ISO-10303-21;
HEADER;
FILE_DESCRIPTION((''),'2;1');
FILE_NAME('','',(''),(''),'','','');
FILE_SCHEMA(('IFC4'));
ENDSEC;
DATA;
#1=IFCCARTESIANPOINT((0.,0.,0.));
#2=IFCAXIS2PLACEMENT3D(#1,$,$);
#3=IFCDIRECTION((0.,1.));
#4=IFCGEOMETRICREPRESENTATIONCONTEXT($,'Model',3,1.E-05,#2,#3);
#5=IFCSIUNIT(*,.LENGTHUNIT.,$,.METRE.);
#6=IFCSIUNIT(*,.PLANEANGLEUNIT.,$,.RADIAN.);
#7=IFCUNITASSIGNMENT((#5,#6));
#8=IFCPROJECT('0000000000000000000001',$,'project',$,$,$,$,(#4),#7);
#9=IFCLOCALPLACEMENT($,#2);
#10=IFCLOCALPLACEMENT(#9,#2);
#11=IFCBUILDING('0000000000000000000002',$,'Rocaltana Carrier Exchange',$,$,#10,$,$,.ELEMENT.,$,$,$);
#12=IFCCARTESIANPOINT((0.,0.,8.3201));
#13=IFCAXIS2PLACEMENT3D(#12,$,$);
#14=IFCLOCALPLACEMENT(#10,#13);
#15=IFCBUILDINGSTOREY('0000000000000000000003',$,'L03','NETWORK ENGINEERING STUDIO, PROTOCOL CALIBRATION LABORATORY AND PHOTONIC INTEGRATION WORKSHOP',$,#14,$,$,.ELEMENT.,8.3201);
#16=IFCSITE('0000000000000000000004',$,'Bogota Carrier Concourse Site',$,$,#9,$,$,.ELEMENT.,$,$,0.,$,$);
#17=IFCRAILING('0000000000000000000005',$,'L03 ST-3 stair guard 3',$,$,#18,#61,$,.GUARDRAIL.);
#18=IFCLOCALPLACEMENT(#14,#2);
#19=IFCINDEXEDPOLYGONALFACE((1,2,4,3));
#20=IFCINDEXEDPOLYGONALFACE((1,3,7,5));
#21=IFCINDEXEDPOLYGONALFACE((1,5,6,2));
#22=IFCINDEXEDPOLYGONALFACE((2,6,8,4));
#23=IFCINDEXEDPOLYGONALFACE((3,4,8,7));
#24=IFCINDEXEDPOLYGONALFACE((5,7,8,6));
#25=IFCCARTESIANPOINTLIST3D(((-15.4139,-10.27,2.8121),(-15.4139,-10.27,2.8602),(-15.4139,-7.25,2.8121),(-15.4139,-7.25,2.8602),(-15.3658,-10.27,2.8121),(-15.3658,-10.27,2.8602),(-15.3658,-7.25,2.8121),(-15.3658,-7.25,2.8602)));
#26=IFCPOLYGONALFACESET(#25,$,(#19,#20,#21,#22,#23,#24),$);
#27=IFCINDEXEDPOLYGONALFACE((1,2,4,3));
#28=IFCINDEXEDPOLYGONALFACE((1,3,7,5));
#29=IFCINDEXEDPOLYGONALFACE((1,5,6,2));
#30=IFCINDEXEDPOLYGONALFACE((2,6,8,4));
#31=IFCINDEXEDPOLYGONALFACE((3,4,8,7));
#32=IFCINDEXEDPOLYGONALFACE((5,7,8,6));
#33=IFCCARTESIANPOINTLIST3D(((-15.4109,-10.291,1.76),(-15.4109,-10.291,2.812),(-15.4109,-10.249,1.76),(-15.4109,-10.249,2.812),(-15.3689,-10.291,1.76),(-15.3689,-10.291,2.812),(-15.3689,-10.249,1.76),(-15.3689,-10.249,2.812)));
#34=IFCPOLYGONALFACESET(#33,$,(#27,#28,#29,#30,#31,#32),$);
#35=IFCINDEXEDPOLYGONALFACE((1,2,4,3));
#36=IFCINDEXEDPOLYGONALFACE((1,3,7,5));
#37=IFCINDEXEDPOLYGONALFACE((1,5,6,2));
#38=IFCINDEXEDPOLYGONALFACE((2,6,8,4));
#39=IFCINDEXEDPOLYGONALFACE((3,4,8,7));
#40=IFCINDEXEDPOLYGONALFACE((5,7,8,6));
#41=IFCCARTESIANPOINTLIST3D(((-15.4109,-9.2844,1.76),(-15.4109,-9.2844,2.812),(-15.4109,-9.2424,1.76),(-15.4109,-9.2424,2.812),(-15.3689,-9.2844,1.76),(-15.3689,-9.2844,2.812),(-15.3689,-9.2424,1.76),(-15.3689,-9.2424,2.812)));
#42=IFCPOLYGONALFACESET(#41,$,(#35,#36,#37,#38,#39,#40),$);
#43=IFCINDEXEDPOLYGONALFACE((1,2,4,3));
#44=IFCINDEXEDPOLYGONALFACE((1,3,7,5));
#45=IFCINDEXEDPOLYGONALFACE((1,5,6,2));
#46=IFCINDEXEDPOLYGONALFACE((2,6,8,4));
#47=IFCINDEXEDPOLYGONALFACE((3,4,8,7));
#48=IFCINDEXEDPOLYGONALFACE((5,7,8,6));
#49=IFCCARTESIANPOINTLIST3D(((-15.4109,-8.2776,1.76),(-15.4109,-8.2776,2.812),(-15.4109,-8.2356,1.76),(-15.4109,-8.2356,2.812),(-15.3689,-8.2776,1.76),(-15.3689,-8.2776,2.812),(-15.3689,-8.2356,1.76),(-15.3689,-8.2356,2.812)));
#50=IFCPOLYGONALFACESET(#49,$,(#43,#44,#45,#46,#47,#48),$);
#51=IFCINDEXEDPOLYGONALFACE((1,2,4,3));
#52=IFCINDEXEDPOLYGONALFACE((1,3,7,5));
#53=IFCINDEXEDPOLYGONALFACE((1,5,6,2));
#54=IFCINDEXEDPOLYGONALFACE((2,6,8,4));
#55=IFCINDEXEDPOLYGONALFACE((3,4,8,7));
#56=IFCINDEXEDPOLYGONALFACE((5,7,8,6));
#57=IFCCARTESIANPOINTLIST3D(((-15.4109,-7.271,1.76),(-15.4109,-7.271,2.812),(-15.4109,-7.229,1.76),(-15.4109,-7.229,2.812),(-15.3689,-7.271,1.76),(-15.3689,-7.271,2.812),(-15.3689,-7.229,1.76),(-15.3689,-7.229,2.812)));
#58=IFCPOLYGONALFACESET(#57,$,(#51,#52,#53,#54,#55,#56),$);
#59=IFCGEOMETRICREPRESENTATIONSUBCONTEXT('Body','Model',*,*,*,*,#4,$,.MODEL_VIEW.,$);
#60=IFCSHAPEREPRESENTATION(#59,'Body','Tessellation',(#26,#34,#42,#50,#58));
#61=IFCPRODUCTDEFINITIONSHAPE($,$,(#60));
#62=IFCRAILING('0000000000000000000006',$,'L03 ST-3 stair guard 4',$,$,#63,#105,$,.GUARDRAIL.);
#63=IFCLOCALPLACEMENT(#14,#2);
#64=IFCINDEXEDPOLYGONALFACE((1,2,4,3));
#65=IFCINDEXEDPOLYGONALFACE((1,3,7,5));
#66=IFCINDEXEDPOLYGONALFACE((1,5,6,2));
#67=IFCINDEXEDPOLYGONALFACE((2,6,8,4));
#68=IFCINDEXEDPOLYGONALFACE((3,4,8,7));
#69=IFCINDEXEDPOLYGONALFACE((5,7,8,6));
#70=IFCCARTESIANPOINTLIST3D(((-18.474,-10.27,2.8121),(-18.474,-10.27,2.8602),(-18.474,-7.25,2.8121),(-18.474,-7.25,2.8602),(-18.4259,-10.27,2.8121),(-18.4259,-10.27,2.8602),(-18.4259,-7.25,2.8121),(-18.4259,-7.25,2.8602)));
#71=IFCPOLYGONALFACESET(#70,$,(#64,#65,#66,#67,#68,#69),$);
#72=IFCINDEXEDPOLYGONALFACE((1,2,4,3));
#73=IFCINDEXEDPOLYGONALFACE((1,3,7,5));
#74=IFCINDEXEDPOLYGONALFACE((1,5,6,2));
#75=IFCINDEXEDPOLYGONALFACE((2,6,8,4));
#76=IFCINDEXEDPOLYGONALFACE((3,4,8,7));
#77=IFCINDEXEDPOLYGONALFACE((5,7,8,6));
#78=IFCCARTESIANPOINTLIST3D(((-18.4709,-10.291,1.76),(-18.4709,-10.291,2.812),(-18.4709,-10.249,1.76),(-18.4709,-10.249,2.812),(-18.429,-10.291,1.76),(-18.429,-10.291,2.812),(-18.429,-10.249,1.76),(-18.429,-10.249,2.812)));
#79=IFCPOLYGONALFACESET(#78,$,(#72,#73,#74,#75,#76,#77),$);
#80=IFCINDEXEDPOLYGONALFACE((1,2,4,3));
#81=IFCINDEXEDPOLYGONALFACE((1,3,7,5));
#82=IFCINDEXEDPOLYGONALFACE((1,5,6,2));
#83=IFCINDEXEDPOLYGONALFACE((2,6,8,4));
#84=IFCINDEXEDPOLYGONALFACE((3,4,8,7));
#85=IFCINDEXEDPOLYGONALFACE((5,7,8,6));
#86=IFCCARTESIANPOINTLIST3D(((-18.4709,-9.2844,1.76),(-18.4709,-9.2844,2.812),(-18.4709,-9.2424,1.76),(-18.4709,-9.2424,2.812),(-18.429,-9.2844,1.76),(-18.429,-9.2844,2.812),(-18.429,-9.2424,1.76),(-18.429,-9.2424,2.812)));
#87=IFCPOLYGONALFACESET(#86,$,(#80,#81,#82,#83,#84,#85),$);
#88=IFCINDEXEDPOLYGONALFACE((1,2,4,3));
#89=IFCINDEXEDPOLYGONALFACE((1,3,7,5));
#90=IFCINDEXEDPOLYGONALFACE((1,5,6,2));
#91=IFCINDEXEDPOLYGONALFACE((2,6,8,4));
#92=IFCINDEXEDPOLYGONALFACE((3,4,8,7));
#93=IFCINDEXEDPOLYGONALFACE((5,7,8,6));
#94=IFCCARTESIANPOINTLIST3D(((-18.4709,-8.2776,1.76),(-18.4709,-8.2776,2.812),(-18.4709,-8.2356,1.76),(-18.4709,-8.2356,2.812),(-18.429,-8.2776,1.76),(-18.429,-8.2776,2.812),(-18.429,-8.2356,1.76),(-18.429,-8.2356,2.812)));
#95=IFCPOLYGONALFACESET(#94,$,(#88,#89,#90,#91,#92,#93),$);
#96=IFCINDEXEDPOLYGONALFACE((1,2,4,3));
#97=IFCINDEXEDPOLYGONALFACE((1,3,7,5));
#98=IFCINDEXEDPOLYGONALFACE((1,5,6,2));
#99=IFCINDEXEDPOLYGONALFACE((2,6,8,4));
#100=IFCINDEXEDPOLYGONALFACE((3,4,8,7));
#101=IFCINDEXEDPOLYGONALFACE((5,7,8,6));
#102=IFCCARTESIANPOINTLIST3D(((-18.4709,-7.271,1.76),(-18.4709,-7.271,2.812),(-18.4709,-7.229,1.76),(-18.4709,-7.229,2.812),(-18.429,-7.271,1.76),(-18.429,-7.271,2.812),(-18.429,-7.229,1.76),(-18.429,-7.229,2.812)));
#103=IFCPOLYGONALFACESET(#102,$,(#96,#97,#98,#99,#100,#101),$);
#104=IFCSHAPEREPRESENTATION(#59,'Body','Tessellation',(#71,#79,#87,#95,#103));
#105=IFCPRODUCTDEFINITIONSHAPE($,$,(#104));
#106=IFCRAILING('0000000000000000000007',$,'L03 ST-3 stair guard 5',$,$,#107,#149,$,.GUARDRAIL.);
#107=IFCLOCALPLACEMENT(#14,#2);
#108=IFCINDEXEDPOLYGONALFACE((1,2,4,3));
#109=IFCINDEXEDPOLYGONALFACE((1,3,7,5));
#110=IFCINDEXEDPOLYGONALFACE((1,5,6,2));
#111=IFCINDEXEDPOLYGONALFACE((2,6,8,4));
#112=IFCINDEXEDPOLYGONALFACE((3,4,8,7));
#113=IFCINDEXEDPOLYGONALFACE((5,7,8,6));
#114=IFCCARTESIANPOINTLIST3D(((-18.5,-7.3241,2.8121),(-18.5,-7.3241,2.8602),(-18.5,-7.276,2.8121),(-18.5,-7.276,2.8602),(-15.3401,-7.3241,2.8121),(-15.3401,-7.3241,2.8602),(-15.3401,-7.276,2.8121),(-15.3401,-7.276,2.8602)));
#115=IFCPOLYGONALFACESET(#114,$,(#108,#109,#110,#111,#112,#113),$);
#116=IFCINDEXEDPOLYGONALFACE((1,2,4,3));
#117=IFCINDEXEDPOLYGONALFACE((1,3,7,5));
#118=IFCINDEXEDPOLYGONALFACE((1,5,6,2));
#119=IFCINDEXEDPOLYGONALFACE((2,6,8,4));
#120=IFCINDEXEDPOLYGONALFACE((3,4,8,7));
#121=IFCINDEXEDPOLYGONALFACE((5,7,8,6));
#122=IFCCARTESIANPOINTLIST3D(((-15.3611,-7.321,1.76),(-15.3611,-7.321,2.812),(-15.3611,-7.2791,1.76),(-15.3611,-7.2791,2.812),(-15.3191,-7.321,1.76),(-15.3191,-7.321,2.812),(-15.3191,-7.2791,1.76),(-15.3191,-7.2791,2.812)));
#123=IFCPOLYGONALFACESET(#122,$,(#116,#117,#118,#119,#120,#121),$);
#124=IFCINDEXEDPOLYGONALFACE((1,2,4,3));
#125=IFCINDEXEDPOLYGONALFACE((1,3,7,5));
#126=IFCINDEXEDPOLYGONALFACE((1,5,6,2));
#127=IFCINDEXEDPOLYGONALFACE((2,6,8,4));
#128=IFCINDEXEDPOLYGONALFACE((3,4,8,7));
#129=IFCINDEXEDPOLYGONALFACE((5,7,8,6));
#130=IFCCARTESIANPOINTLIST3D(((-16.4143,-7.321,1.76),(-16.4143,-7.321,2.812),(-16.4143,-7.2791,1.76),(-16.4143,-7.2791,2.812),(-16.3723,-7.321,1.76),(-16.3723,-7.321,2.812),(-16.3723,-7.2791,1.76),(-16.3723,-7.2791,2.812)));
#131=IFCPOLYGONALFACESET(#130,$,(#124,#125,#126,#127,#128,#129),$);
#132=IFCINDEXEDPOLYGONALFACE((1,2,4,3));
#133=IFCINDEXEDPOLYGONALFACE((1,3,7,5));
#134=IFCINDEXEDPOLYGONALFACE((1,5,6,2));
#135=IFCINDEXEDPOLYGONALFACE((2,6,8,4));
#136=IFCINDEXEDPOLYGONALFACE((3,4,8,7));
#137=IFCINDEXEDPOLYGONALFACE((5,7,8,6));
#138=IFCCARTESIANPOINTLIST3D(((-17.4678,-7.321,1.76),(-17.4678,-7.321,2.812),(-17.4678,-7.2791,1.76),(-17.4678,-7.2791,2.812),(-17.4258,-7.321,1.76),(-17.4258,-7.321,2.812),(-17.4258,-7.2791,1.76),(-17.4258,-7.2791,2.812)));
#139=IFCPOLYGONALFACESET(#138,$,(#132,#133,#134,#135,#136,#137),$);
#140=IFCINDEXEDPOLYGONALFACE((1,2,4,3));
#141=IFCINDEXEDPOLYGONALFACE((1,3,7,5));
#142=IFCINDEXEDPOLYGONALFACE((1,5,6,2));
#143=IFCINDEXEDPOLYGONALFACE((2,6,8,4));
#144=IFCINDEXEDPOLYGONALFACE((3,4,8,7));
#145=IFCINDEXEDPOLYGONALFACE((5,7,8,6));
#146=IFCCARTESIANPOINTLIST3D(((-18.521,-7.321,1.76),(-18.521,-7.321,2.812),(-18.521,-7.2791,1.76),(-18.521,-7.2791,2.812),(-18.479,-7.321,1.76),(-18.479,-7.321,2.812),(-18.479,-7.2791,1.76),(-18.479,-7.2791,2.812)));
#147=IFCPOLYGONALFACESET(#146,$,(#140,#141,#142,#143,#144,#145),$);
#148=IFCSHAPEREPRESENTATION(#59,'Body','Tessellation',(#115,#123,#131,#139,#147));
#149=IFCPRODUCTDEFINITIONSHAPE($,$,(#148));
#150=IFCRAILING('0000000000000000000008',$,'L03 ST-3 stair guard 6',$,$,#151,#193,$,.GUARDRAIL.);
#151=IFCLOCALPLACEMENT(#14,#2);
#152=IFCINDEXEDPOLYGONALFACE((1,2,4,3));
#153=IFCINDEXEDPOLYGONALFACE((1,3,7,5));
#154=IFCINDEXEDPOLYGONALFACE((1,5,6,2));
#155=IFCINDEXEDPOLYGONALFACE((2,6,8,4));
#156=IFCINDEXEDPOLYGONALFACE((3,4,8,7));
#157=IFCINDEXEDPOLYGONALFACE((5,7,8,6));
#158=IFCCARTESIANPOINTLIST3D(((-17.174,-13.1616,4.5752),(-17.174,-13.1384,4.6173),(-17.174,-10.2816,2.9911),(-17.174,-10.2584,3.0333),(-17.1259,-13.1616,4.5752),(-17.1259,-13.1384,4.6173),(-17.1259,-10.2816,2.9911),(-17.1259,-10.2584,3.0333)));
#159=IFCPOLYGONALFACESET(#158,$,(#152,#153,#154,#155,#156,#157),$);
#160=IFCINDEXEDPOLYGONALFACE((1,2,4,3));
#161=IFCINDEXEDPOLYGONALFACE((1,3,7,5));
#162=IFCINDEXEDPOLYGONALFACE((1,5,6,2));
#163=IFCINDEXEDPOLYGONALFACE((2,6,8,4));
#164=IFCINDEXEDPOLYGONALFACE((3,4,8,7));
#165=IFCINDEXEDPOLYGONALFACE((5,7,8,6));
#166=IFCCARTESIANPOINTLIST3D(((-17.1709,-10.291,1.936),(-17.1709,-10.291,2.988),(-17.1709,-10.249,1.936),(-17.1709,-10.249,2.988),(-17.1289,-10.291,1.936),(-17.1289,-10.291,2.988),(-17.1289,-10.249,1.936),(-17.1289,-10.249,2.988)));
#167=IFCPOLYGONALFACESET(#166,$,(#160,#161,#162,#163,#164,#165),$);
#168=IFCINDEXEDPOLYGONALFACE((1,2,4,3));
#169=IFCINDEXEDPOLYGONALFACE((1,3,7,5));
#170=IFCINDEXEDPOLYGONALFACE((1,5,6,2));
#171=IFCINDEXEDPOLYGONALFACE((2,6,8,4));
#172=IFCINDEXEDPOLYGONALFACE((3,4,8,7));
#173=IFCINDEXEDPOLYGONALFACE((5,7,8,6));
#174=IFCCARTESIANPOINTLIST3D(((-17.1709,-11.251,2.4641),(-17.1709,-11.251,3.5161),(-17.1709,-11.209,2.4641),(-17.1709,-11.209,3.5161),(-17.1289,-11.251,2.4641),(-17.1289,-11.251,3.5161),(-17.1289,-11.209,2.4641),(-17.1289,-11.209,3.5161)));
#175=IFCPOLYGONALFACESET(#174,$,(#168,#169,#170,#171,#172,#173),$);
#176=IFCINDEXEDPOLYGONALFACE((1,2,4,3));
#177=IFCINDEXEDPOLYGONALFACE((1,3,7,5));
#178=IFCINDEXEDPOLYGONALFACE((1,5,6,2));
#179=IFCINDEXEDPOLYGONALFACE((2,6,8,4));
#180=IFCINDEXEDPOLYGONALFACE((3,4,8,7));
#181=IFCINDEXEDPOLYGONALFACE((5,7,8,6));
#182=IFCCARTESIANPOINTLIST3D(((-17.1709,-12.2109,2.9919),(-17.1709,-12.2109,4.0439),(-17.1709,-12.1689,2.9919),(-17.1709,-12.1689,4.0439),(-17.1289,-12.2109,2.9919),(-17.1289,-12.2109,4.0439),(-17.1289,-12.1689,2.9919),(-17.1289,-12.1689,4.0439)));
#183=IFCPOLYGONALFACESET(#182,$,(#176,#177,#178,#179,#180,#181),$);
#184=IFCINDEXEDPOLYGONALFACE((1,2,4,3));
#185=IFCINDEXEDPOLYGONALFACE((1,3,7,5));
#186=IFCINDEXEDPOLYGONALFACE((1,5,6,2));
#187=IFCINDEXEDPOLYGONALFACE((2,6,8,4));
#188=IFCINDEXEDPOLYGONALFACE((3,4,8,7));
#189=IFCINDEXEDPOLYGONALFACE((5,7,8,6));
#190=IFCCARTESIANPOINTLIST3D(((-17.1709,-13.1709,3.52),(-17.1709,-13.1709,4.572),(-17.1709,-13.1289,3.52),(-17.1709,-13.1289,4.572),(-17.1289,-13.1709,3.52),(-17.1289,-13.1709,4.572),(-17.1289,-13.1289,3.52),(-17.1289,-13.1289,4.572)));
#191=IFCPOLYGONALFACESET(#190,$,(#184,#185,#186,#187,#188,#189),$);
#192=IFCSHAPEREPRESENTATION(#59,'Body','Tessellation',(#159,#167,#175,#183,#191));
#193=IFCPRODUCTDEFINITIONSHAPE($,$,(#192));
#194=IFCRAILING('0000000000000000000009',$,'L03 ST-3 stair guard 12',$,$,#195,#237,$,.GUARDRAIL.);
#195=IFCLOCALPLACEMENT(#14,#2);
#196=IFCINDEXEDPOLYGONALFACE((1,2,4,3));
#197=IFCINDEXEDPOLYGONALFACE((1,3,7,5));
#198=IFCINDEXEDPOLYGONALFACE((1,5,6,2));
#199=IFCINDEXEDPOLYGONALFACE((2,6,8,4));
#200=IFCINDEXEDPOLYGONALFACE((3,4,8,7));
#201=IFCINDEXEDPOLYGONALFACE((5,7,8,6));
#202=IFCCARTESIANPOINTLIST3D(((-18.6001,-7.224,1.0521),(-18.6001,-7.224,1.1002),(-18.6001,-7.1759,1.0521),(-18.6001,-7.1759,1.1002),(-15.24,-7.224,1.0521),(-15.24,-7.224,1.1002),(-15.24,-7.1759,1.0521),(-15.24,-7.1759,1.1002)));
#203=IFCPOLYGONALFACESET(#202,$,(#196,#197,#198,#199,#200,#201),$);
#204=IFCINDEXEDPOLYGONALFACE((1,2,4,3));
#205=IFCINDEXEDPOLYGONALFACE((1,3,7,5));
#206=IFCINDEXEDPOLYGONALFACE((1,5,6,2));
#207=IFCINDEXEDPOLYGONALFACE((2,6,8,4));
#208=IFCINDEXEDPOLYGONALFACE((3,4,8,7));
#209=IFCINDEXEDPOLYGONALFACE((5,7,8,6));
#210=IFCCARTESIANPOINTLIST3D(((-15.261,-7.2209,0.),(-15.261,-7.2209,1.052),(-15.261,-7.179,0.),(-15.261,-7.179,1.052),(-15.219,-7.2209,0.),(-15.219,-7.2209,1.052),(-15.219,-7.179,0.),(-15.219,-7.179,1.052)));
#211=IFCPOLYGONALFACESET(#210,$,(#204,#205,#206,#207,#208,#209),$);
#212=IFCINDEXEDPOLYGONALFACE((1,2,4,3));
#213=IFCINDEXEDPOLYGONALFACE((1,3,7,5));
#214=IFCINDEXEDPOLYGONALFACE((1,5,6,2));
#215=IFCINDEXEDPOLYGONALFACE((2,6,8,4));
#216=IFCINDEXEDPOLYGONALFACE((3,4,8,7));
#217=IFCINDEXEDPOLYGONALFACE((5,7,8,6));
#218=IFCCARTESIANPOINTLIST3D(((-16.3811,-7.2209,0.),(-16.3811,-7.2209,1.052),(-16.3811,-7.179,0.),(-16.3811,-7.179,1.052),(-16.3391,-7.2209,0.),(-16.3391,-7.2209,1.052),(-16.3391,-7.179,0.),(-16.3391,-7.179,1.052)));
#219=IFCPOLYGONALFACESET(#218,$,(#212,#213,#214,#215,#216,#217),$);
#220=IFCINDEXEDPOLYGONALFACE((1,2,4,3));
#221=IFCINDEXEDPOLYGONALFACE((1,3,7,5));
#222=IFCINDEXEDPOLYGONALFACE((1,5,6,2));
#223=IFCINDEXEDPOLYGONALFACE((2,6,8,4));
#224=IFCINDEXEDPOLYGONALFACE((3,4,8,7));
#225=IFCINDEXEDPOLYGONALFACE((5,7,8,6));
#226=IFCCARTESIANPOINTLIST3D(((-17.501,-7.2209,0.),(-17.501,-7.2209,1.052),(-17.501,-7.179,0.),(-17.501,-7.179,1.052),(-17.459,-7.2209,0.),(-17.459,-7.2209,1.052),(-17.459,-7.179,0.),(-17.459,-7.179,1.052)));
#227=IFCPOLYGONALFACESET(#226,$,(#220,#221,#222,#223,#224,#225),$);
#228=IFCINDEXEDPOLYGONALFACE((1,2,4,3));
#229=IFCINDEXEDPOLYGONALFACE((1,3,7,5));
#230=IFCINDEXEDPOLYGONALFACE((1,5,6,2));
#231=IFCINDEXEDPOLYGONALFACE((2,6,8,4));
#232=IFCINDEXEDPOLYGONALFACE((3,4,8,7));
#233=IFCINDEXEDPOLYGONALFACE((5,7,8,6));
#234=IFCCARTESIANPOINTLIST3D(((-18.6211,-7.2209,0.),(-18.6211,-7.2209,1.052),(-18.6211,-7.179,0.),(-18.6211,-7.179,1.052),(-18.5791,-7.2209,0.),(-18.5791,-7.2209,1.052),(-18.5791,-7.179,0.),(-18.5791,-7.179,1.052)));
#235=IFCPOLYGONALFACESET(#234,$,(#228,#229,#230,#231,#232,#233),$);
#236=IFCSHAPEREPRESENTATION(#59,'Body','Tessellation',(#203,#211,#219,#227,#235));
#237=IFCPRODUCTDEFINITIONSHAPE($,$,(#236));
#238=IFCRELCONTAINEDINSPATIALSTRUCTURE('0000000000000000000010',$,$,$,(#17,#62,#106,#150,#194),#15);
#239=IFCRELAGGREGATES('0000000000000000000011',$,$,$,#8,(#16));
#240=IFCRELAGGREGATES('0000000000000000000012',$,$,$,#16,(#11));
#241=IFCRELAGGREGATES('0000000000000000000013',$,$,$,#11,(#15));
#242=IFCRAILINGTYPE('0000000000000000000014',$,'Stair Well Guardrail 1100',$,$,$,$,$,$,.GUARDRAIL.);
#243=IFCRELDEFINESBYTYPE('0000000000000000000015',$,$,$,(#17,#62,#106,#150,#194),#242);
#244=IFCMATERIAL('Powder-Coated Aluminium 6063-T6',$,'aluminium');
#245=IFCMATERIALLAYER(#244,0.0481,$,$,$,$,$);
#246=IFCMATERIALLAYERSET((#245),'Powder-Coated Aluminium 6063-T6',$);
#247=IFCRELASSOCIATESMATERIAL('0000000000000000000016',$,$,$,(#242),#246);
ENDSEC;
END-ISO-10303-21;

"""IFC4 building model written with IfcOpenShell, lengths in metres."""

from ifc_helpers import new_model, si_unit, direction, frame, origin, origin_2d, place, context, subcontext, project, spatial, rectangle, extrude, material, layer, layer_set, type_object, element, save


model = new_model("IFC4")

# Units and contexts
model_context = context("Model", 3, precision=1e-05, world=origin(), true_north=direction((0.0, 1.0)))
body_context = subcontext(model_context, "Body", "Model", "MODEL_VIEW")
ifc_project = project(units=[si_unit("LENGTHUNIT", "METRE"), si_unit("PLANEANGLEUNIT", "RADIAN")], contexts=[model_context])

# Site, building, storey
site_placement = place(None, origin())
site = spatial("IfcSite", under=ifc_project, at=site_placement, Name="Bogota Carrier Concourse Site", CompositionType="ELEMENT", RefElevation=0.0)
building_placement = place(site_placement, origin())
building = spatial("IfcBuilding", under=site, at=building_placement, Name="Rocaltana Carrier Exchange", CompositionType="ELEMENT")
storey_placement = place(building_placement, frame((0.0, 0.0, 8.3201)))
storey = spatial("IfcBuildingStorey", under=building, at=storey_placement, Name="L03", Description="NETWORK ENGINEERING STUDIO, PROTOCOL CALIBRATION LABORATORY AND PHOTONIC INTEGRATION WORKSHOP", CompositionType="ELEMENT", Elevation=8.3201)

# Railings
ifc_material_1 = material(Name="Powder-Coated Aluminium 6063-T6", Category="aluminium")
ifc_layer_1 = layer(ifc_material_1, 0.0481)
ifc_layer_set_1 = layer_set([ifc_layer_1], Name="Powder-Coated Aluminium 6063-T6")
railing_type_1 = type_object("IfcRailingType", Name="Stair Well Guardrail 1100", PredefinedType="GUARDRAIL", material=ifc_layer_set_1)
for number, where, name in (
    (1, (-15.3899, -10.27, 1.76), "L03 ST-3 stair guard 3"),
    (2, (-18.45, -10.27, 1.76), "L03 ST-3 stair guard 4"),
):
    element("IfcRailing", number, at=place(storey_placement, frame(where)), inside=storey, type_object=railing_type_1, Name=name, PredefinedType="GUARDRAIL", context=body_context, shape_type="SweptSolid", body=[
        extrude(rectangle(XDim=0.0481, YDim=0.0481, at=origin_2d()), frame((0.0, 0.0, 1.0762), z_axis=(0.0, 1.0, 0.0), x_axis=(-1.0, 0.0, 0.0)), (0.0, 0.0, 1.0), 3.02),
        extrude(rectangle(XDim=0.042, YDim=0.042, at=origin_2d()), origin(), (0.0, 0.0, 1.0), 1.052),
        extrude(rectangle(XDim=0.042, YDim=0.042, at=origin_2d()), frame((0.0, 1.0066, 0.0)), (0.0, 0.0, 1.0), 1.052),
        extrude(rectangle(XDim=0.042, YDim=0.042, at=origin_2d()), frame((0.0, 2.0134, 0.0)), (0.0, 0.0, 1.0), 1.052),
        extrude(rectangle(XDim=0.042, YDim=0.042, at=origin_2d()), frame((0.0, 3.02, 0.0)), (0.0, 0.0, 1.0), 1.052),
    ])
railing_1_placement = place(storey_placement, frame((-15.3401, -7.3, 1.76)))
element("IfcRailing", 3, at=railing_1_placement, inside=storey, type_object=railing_type_1, Name="L03 ST-3 stair guard 5", PredefinedType="GUARDRAIL", context=body_context, shape_type="SweptSolid", body=[
    extrude(rectangle(XDim=0.0481, YDim=0.0481, at=origin_2d()), frame((0.0, 0.0, 1.0762), z_axis=(-1.0, 0.0, 0.0), x_axis=(0.0, -1.0, 0.0)), (0.0, 0.0, 1.0), 3.1599),
    extrude(rectangle(XDim=0.042, YDim=0.042, at=origin_2d()), origin(), (0.0, 0.0, 1.0), 1.052),
    extrude(rectangle(XDim=0.042, YDim=0.042, at=origin_2d()), frame((-1.0532, 0.0, 0.0)), (0.0, 0.0, 1.0), 1.052),
    extrude(rectangle(XDim=0.042, YDim=0.042, at=origin_2d()), frame((-2.1067, 0.0, 0.0)), (0.0, 0.0, 1.0), 1.052),
    extrude(rectangle(XDim=0.042, YDim=0.042, at=origin_2d()), frame((-3.1599, 0.0, 0.0)), (0.0, 0.0, 1.0), 1.052),
])
railing_2_placement = place(storey_placement, frame((-17.1499, -10.27, 1.936)))
element("IfcRailing", 4, at=railing_2_placement, inside=storey, type_object=railing_type_1, Name="L03 ST-3 stair guard 6", PredefinedType="GUARDRAIL", context=body_context, shape_type="SweptSolid", body=[
    extrude(rectangle(XDim=0.0481, YDim=0.0481, at=origin_2d()), frame((0.0, 0.0, 1.0762), z_axis=(0.0, -0.87621, 0.48193), x_axis=(1.0, 0.0, 0.0)), (0.0, 0.0, 1.0), 3.2869),
    extrude(rectangle(XDim=0.042, YDim=0.042, at=origin_2d()), origin(), (0.0, 0.0, 1.0), 1.052),
    extrude(rectangle(XDim=0.042, YDim=0.042, at=origin_2d()), frame((0.0, -0.96, 0.5281)), (0.0, 0.0, 1.0), 1.052),
    extrude(rectangle(XDim=0.042, YDim=0.042, at=origin_2d()), frame((0.0, -1.9199, 1.0559)), (0.0, 0.0, 1.0), 1.052),
    extrude(rectangle(XDim=0.042, YDim=0.042, at=origin_2d()), frame((0.0, -2.8799, 1.584)), (0.0, 0.0, 1.0), 1.052),
])
railing_3_placement = place(storey_placement, frame((-15.24, -7.2, 0.0)))
element("IfcRailing", 5, at=railing_3_placement, inside=storey, type_object=railing_type_1, Name="L03 ST-3 stair guard 12", PredefinedType="GUARDRAIL", context=body_context, shape_type="SweptSolid", body=[
    extrude(rectangle(XDim=0.0481, YDim=0.0481, at=origin_2d()), frame((0.0, 0.0, 1.0762), z_axis=(-1.0, 0.0, 0.0), x_axis=(0.0, -1.0, 0.0)), (0.0, 0.0, 1.0), 3.3601),
    extrude(rectangle(XDim=0.042, YDim=0.042, at=origin_2d()), origin(), (0.0, 0.0, 1.0), 1.052),
    extrude(rectangle(XDim=0.042, YDim=0.042, at=origin_2d()), frame((-1.1201, 0.0, 0.0)), (0.0, 0.0, 1.0), 1.052),
    extrude(rectangle(XDim=0.042, YDim=0.042, at=origin_2d()), frame((-2.24, 0.0, 0.0)), (0.0, 0.0, 1.0), 1.052),
    extrude(rectangle(XDim=0.042, YDim=0.042, at=origin_2d()), frame((-3.3601, 0.0, 0.0)), (0.0, 0.0, 1.0), 1.052),
])

save(model, "model.ifc")
